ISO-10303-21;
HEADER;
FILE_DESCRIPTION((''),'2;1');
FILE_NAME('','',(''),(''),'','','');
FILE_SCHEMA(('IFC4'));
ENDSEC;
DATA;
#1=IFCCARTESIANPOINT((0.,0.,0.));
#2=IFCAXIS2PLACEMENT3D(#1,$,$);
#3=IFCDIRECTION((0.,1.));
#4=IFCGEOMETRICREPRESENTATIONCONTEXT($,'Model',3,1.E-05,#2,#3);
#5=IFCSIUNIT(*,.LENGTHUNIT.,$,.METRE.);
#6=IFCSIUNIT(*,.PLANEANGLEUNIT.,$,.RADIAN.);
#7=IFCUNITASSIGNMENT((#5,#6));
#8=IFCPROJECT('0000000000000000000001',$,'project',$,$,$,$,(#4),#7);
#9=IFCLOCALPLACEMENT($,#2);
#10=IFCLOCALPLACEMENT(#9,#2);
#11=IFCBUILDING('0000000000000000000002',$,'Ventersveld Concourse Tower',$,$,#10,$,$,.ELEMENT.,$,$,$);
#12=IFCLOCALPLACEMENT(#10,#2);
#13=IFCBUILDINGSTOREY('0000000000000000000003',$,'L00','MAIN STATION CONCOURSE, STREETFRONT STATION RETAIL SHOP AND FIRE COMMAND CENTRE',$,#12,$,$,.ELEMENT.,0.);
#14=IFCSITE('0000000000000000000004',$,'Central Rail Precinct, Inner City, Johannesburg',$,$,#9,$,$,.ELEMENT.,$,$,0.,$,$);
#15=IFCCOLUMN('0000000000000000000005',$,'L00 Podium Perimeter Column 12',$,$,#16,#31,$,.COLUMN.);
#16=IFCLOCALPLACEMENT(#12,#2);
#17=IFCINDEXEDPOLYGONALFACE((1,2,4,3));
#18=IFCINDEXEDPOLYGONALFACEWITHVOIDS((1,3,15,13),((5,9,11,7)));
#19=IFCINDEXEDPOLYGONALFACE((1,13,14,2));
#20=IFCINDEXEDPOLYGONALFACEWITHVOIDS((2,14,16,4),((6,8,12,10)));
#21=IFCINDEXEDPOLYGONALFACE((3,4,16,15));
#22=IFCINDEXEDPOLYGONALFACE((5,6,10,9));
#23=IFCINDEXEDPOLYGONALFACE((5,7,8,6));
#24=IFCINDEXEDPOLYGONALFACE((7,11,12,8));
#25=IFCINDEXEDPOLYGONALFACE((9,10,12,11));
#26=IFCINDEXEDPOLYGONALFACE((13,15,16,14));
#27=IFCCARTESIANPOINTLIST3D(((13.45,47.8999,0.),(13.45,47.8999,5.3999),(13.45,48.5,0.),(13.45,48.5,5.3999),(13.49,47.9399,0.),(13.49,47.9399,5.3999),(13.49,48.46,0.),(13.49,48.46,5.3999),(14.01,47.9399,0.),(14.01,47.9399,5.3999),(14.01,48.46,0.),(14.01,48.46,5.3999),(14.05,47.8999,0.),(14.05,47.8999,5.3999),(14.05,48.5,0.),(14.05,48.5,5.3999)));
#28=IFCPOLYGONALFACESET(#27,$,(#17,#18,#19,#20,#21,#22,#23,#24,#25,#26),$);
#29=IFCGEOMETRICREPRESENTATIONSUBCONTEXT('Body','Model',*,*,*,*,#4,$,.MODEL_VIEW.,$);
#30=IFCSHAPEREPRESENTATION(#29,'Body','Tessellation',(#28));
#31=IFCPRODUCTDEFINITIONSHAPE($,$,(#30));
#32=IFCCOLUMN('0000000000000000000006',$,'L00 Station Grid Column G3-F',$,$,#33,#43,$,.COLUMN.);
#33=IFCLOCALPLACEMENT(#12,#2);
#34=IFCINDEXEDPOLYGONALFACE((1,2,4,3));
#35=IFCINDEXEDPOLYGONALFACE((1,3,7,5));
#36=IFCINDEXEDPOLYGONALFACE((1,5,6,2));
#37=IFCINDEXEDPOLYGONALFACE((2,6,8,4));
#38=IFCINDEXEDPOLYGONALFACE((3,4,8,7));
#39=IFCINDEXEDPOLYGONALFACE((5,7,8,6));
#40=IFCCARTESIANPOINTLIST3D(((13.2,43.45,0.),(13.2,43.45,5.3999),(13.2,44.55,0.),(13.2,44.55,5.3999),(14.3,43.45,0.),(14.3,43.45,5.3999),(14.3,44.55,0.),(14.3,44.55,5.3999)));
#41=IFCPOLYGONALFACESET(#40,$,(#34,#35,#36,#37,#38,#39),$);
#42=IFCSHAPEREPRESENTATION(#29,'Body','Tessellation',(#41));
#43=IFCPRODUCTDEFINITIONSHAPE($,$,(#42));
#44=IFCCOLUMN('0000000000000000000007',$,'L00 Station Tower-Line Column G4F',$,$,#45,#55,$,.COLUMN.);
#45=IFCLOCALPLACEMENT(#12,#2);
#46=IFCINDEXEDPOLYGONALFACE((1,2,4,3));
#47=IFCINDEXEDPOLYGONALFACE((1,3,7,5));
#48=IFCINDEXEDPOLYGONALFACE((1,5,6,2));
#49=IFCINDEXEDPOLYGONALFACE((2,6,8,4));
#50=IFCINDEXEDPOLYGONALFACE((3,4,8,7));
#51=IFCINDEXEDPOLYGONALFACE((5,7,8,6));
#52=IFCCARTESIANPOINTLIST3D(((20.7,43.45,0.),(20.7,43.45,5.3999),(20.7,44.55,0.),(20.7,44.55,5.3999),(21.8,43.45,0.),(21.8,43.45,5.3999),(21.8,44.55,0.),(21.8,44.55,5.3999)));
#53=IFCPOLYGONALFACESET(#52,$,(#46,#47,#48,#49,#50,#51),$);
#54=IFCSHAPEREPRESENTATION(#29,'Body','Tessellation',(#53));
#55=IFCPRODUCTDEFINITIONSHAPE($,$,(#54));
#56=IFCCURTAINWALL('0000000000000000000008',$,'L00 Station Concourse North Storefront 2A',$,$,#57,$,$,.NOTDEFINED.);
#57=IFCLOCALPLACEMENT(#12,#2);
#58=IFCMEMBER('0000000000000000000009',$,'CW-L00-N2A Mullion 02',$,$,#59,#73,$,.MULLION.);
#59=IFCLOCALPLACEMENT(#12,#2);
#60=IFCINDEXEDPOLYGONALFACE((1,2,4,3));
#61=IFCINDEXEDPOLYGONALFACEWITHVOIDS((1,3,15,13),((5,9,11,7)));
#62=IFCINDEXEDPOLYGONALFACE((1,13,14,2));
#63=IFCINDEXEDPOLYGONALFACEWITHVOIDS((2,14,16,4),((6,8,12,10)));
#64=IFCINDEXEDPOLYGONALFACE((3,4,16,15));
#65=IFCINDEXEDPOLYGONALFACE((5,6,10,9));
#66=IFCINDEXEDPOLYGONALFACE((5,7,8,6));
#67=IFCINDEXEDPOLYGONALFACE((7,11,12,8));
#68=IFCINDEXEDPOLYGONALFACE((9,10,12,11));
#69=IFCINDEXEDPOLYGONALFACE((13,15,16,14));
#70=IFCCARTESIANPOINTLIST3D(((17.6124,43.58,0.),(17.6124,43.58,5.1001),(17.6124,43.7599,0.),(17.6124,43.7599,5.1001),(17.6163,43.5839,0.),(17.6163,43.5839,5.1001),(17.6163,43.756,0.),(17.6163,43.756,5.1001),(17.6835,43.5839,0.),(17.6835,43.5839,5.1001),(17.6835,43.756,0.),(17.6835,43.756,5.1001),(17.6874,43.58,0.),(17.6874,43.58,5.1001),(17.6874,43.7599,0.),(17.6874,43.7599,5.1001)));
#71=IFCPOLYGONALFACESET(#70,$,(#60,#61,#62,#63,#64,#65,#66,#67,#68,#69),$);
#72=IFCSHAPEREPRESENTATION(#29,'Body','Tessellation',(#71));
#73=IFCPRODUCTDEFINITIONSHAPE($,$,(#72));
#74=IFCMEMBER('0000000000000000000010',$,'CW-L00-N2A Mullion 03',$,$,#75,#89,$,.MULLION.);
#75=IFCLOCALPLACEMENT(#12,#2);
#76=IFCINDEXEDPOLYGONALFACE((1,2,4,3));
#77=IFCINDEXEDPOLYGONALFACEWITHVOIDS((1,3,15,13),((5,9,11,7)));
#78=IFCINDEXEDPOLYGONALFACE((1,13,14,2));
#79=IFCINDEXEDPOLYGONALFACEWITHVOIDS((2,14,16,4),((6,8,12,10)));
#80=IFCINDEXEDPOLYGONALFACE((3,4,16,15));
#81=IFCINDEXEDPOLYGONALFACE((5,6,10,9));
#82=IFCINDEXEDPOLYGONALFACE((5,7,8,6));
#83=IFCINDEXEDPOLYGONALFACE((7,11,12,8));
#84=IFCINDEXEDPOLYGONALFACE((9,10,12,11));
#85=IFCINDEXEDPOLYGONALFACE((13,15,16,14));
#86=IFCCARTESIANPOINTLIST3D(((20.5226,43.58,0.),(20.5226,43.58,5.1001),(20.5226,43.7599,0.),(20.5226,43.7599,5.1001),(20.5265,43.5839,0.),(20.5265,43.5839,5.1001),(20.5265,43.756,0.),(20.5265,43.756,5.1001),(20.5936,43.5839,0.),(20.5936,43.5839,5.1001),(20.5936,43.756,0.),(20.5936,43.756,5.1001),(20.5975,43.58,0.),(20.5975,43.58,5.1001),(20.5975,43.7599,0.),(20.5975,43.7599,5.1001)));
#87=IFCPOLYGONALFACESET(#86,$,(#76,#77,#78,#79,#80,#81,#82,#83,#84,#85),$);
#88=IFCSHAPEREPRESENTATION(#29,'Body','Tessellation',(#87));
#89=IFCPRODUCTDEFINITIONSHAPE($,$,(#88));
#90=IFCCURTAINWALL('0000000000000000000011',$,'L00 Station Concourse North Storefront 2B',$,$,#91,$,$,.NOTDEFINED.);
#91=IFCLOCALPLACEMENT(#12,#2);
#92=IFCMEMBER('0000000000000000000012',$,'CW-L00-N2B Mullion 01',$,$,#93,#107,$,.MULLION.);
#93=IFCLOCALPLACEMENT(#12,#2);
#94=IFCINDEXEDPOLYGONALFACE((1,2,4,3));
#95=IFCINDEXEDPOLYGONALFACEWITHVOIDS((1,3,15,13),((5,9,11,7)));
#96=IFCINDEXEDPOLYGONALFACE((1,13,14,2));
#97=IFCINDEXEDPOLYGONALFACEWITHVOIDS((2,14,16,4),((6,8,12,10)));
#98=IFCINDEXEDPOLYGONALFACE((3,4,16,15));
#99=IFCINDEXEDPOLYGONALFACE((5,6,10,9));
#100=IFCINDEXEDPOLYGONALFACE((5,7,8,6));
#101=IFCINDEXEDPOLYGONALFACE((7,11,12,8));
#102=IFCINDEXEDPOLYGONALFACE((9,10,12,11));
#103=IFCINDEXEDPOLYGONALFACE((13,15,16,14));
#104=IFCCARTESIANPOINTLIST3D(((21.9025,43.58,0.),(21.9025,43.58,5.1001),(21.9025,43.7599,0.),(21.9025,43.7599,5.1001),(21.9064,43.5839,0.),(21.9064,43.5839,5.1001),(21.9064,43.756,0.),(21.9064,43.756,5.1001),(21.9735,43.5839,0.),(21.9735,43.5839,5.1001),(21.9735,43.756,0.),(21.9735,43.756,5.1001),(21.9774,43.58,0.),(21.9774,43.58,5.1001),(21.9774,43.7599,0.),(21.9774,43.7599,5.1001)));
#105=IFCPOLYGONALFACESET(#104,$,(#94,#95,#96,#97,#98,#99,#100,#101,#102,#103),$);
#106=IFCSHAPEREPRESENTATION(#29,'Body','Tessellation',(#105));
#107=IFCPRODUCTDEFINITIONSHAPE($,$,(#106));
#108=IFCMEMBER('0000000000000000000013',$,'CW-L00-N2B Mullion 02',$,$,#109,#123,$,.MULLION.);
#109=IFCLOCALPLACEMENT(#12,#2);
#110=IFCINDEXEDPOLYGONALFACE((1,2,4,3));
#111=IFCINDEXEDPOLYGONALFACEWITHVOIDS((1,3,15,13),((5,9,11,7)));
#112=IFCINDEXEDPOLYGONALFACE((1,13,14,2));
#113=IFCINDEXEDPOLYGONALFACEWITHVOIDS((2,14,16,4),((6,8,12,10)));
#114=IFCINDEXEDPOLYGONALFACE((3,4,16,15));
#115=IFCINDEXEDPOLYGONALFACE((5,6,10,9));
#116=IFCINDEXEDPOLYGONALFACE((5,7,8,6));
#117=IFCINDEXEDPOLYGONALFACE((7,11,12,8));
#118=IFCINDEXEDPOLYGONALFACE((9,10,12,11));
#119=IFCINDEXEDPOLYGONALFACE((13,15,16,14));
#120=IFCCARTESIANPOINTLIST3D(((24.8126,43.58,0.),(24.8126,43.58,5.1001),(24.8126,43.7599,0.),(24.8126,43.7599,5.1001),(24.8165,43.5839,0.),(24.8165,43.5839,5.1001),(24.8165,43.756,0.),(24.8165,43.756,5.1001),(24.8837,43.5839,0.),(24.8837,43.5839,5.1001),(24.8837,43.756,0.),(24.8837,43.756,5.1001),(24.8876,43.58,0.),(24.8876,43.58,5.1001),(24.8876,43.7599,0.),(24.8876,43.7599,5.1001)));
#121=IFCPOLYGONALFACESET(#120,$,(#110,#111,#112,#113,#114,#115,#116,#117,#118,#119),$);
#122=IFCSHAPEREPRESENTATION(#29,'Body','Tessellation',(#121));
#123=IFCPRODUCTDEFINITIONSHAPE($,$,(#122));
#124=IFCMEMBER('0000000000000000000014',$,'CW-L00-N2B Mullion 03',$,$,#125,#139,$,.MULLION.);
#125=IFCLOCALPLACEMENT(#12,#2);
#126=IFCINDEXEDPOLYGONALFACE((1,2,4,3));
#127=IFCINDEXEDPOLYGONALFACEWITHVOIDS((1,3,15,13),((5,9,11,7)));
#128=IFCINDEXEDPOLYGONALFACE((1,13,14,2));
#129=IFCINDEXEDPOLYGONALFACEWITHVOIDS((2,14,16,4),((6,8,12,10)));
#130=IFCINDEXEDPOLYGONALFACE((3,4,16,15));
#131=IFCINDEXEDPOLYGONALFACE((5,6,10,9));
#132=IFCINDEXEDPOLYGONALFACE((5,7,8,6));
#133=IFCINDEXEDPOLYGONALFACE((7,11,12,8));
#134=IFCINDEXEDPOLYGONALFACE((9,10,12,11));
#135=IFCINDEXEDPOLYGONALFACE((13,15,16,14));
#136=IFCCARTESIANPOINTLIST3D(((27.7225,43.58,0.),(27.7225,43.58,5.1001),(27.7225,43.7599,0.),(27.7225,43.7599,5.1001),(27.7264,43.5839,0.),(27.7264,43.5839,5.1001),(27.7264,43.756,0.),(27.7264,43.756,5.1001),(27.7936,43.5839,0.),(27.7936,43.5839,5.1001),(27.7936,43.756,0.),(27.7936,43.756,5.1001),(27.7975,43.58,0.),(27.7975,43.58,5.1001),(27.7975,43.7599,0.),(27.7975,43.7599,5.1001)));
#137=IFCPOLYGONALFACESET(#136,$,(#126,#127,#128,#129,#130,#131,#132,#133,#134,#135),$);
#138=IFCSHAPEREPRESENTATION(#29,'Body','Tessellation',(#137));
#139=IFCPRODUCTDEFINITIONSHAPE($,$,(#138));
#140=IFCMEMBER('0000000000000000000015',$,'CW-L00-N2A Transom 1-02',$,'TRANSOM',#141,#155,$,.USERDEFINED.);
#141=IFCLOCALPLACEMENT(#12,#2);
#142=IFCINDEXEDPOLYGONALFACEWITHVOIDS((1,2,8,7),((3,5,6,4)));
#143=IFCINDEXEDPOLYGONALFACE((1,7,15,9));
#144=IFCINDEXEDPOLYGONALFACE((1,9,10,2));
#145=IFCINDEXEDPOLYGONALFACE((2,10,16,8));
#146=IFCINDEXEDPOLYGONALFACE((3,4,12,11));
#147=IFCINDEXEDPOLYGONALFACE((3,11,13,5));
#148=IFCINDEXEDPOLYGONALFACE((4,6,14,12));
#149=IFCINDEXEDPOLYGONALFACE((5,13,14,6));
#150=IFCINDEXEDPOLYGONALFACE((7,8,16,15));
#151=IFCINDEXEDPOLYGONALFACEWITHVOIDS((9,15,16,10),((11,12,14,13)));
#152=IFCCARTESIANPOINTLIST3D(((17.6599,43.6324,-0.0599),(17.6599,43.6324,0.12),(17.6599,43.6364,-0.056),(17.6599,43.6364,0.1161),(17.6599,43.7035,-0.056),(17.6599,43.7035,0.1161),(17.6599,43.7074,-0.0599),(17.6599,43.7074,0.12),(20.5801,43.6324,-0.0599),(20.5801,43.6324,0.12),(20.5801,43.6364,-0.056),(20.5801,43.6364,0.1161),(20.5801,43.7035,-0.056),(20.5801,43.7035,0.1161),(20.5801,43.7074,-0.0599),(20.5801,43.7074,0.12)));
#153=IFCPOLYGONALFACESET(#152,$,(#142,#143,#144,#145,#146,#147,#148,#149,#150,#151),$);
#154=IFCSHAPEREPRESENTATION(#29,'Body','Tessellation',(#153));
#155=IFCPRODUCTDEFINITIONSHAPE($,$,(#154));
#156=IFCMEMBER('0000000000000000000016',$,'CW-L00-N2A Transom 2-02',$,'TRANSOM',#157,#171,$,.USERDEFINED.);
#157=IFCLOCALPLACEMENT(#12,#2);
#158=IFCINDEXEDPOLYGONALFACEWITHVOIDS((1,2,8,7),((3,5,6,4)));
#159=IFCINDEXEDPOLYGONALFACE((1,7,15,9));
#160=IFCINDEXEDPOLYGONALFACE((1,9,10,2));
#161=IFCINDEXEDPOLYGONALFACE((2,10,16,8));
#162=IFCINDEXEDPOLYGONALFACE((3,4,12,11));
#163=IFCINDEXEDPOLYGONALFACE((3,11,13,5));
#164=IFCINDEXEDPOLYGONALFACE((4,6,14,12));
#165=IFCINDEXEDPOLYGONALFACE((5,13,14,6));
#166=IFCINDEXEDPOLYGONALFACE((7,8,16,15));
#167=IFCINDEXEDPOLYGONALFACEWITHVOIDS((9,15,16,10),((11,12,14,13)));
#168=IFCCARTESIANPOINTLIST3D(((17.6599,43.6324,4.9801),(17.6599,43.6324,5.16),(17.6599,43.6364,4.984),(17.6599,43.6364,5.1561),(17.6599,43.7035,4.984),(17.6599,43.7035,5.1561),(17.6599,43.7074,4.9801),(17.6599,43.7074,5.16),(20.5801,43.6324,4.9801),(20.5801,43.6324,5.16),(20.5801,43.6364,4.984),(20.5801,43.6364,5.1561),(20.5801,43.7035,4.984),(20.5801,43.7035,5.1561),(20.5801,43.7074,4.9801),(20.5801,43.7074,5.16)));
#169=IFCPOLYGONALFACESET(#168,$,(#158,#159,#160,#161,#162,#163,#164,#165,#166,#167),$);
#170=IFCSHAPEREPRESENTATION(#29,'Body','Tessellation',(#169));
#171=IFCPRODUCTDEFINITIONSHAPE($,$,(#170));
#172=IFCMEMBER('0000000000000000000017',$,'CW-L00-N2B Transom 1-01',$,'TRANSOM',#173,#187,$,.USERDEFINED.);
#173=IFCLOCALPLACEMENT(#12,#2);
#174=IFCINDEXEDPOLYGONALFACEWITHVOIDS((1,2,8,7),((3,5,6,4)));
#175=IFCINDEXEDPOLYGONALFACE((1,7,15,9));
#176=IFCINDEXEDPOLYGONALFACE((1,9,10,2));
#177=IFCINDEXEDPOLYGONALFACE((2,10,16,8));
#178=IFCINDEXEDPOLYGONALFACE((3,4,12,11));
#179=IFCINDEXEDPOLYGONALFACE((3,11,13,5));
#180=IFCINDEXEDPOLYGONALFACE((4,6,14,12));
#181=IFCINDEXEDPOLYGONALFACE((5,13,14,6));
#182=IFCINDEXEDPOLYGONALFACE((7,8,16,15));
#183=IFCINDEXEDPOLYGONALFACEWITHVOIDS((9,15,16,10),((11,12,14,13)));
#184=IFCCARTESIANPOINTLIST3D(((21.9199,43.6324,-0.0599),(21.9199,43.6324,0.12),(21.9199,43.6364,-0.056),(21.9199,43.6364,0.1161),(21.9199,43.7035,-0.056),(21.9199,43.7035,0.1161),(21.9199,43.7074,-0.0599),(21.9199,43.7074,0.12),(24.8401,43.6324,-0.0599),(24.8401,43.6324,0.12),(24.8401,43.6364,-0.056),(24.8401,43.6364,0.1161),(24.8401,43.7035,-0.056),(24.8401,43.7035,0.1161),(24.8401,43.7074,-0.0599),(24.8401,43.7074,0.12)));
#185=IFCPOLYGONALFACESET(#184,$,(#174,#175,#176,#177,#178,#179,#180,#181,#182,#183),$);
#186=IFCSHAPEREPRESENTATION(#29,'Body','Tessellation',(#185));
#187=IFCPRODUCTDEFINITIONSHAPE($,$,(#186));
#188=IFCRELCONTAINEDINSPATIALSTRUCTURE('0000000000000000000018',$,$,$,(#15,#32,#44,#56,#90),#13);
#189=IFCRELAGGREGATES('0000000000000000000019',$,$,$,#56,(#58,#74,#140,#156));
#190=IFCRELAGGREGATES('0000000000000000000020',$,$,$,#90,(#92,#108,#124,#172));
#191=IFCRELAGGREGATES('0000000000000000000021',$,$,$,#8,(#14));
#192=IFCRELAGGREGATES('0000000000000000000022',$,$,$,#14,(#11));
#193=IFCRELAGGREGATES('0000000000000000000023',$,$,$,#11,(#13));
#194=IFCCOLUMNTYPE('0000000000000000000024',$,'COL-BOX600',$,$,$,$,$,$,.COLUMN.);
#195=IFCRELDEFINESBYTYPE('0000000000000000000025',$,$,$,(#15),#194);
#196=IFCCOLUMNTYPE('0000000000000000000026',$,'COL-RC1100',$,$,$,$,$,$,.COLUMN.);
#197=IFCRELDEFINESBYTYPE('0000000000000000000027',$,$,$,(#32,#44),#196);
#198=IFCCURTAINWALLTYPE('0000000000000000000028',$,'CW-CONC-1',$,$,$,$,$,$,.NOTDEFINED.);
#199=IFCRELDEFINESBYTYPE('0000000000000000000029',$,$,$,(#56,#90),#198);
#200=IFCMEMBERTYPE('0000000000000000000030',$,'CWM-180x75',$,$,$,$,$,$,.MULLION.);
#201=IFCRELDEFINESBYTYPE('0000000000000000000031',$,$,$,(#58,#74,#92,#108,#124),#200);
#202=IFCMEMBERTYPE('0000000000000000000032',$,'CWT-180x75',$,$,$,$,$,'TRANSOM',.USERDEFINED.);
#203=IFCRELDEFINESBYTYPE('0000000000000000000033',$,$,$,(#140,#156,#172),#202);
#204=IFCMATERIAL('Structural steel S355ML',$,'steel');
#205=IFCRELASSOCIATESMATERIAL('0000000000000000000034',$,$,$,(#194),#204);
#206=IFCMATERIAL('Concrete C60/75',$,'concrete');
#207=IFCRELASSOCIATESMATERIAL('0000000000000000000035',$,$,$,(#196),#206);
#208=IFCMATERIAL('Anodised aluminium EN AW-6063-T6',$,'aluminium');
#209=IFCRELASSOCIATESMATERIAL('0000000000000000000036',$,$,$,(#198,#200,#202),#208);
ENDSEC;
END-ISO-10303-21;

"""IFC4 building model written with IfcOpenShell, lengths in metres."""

from ifc_helpers import new_model, si_unit, direction, frame, origin, origin_2d, place, context, subcontext, project, spatial, rectangle, hollow_rectangle, extrude, material, material_profile, profile_set, type_object, element, aggregate, save


model = new_model("IFC4")

# Units and contexts
model_context = context("Model", 3, precision=1e-05, world=origin(), true_north=direction((0.0, 1.0)))
body_context = subcontext(model_context, "Body", "Model", "MODEL_VIEW")
ifc_project = project(units=[si_unit("LENGTHUNIT", "METRE"), si_unit("PLANEANGLEUNIT", "RADIAN")], contexts=[model_context])

# Site, building, storey
site_placement = place(None, origin())
site = spatial("IfcSite", under=ifc_project, at=site_placement, Name="Central Rail Precinct, Inner City, Johannesburg", CompositionType="ELEMENT", RefElevation=0.0)
building_placement = place(site_placement, origin())
building = spatial("IfcBuilding", under=site, at=building_placement, Name="Ventersveld Concourse Tower", CompositionType="ELEMENT")
storey_placement = place(building_placement, origin())
storey = spatial("IfcBuildingStorey", under=building, at=storey_placement, Name="L00", Description="MAIN STATION CONCOURSE, STREETFRONT STATION RETAIL SHOP AND FIRE COMMAND CENTRE", CompositionType="ELEMENT", Elevation=0.0)

# Columns
ifc_material_1 = material(Name="Structural steel S355ML", Category="steel")
ifc_material_profile_1 = material_profile(ifc_material_1, hollow_rectangle(XDim=0.6001, YDim=0.6001, WallThickness=0.04, at=origin_2d()), Name="BOX 600x600x40")
ifc_profile_set_1 = profile_set([ifc_material_profile_1], Name="Structural steel S355ML")
column_type_1 = type_object("IfcColumnType", Name="COL-BOX600", PredefinedType="COLUMN", material=ifc_profile_set_1)
column_placement = place(storey_placement, frame((13.75, 48.2, 0.0), z_axis=(0.0, 0.0, 1.0), x_axis=(1.0, 0.0, 0.0)))
element("IfcColumn", 1, at=column_placement, inside=storey, type_object=column_type_1, Name="L00 Podium Perimeter Column 12", PredefinedType="COLUMN", context=body_context, shape_type="SweptSolid", body=[
    extrude(hollow_rectangle(XDim=0.6001, YDim=0.6001, WallThickness=0.04, at=origin_2d()), origin(), (0.0, 0.0, 1.0), 5.3999),
])
ifc_material_2 = material(Name="Concrete C60/75", Category="concrete")
ifc_material_profile_2 = material_profile(ifc_material_2, rectangle(XDim=1.1001, YDim=1.1001, at=origin_2d()), Name="RC 1100x1100")
ifc_profile_set_2 = profile_set([ifc_material_profile_2], Name="Concrete C60/75")
column_type_2 = type_object("IfcColumnType", Name="COL-RC1100", PredefinedType="COLUMN", material=ifc_profile_set_2)
for number, where, z_axis, x_axis, name in (
    (2, (13.75, 44.0, 0.0), (0.0, 0.0, 1.0), (1.0, 0.0, 0.0), "L00 Station Grid Column G3-F"),
    (3, (21.25, 44.0, 0.0), (0.0, 0.0, 1.0), (1.0, 0.0, 0.0), "L00 Station Tower-Line Column G4F"),
):
    element("IfcColumn", number, at=place(storey_placement, frame(where, z_axis=z_axis, x_axis=x_axis)), inside=storey, type_object=column_type_2, Name=name, PredefinedType="COLUMN", context=body_context, shape_type="SweptSolid", body=[
        extrude(rectangle(XDim=1.1001, YDim=1.1001, at=origin_2d()), origin(), (0.0, 0.0, 1.0), 5.3999),
    ])

# Curtain walls, members
ifc_material_3 = material(Name="Anodised aluminium EN AW-6063-T6", Category="aluminium")
curtain_wall_type = type_object("IfcCurtainWallType", Name="CW-CONC-1", PredefinedType="NOTDEFINED", material=ifc_material_3)
curtain_wall_1_placement = place(storey_placement, origin())
curtain_wall_1 = element("IfcCurtainWall", 4, at=curtain_wall_1_placement, inside=storey, type_object=curtain_wall_type, Name="L00 Station Concourse North Storefront 2A", PredefinedType="NOTDEFINED")
ifc_material_profile_3 = material_profile(ifc_material_3, hollow_rectangle(XDim=0.075, YDim=0.1799, WallThickness=0.0039, at=origin_2d()), Name="ALU 180x75x4")
ifc_profile_set_3 = profile_set([ifc_material_profile_3], Name="Anodised aluminium EN AW-6063-T6")
member_type_1 = type_object("IfcMemberType", Name="CWM-180x75", PredefinedType="MULLION", material=ifc_profile_set_3)
member_1_placement = place(storey_placement, frame((17.6499, 43.6699, 0.0), z_axis=(0.0, 0.0, 1.0), x_axis=(1.0, 0.0, 0.0)))
member_1 = element("IfcMember", 5, at=member_1_placement, type_object=member_type_1, Name="CW-L00-N2A Mullion 02", PredefinedType="MULLION", context=body_context, shape_type="SweptSolid", body=[
    extrude(hollow_rectangle(XDim=0.075, YDim=0.1799, WallThickness=0.0039, at=origin_2d()), origin(), (0.0, 0.0, 1.0), 5.1001),
])
member_2_placement = place(storey_placement, frame((20.5601, 43.6699, 0.0), z_axis=(0.0, 0.0, 1.0), x_axis=(1.0, 0.0, 0.0)))
member_2 = element("IfcMember", 6, at=member_2_placement, type_object=member_type_1, Name="CW-L00-N2A Mullion 03", PredefinedType="MULLION", context=body_context, shape_type="SweptSolid", body=[
    extrude(hollow_rectangle(XDim=0.075, YDim=0.1799, WallThickness=0.0039, at=origin_2d()), origin(), (0.0, 0.0, 1.0), 5.1001),
])
curtain_wall_2_placement = place(storey_placement, origin())
curtain_wall_2 = element("IfcCurtainWall", 7, at=curtain_wall_2_placement, inside=storey, type_object=curtain_wall_type, Name="L00 Station Concourse North Storefront 2B", PredefinedType="NOTDEFINED")
member_3_placement = place(storey_placement, frame((21.9399, 43.6699, 0.0), z_axis=(0.0, 0.0, 1.0), x_axis=(1.0, 0.0, 0.0)))
member_3 = element("IfcMember", 8, at=member_3_placement, type_object=member_type_1, Name="CW-L00-N2B Mullion 01", PredefinedType="MULLION", context=body_context, shape_type="SweptSolid", body=[
    extrude(hollow_rectangle(XDim=0.075, YDim=0.1799, WallThickness=0.0039, at=origin_2d()), origin(), (0.0, 0.0, 1.0), 5.1001),
])
member_4_placement = place(storey_placement, frame((24.8501, 43.6699, 0.0), z_axis=(0.0, 0.0, 1.0), x_axis=(1.0, 0.0, 0.0)))
member_4 = element("IfcMember", 9, at=member_4_placement, type_object=member_type_1, Name="CW-L00-N2B Mullion 02", PredefinedType="MULLION", context=body_context, shape_type="SweptSolid", body=[
    extrude(hollow_rectangle(XDim=0.075, YDim=0.1799, WallThickness=0.0039, at=origin_2d()), origin(), (0.0, 0.0, 1.0), 5.1001),
])
member_5_placement = place(storey_placement, frame((27.76, 43.6699, 0.0), z_axis=(0.0, 0.0, 1.0), x_axis=(1.0, 0.0, 0.0)))
member_5 = element("IfcMember", 10, at=member_5_placement, type_object=member_type_1, Name="CW-L00-N2B Mullion 03", PredefinedType="MULLION", context=body_context, shape_type="SweptSolid", body=[
    extrude(hollow_rectangle(XDim=0.075, YDim=0.1799, WallThickness=0.0039, at=origin_2d()), origin(), (0.0, 0.0, 1.0), 5.1001),
])

# Members
ifc_material_profile_4 = material_profile(ifc_material_3, hollow_rectangle(XDim=0.075, YDim=0.1799, WallThickness=0.0039, at=origin_2d()), Name="ALU 180x75x4")
ifc_profile_set_4 = profile_set([ifc_material_profile_4], Name="Anodised aluminium EN AW-6063-T6")
member_type_2 = type_object("IfcMemberType", Name="CWT-180x75", ElementType="TRANSOM", PredefinedType="USERDEFINED", material=ifc_profile_set_4)
member_6_placement = place(storey_placement, frame((17.6599, 43.6699, 0.03), z_axis=(1.0, 0.0, 0.0), x_axis=(0.0, 1.0, 0.0)))
member_6 = element("IfcMember", 11, at=member_6_placement, type_object=member_type_2, Name="CW-L00-N2A Transom 1-02", ObjectType="TRANSOM", PredefinedType="USERDEFINED", context=body_context, shape_type="SweptSolid", body=[
    extrude(hollow_rectangle(XDim=0.075, YDim=0.1799, WallThickness=0.0039, at=origin_2d()), origin(), (0.0, 0.0, 1.0), 2.9202),
])
member_7_placement = place(storey_placement, frame((17.6599, 43.6699, 5.0701), z_axis=(1.0, 0.0, 0.0), x_axis=(0.0, 1.0, 0.0)))
member_7 = element("IfcMember", 12, at=member_7_placement, type_object=member_type_2, Name="CW-L00-N2A Transom 2-02", ObjectType="TRANSOM", PredefinedType="USERDEFINED", context=body_context, shape_type="SweptSolid", body=[
    extrude(hollow_rectangle(XDim=0.075, YDim=0.1799, WallThickness=0.0039, at=origin_2d()), origin(), (0.0, 0.0, 1.0), 2.9202),
])
member_8_placement = place(storey_placement, frame((21.9199, 43.6699, 0.03), z_axis=(1.0, 0.0, 0.0), x_axis=(0.0, 1.0, 0.0)))
member_8 = element("IfcMember", 13, at=member_8_placement, type_object=member_type_2, Name="CW-L00-N2B Transom 1-01", ObjectType="TRANSOM", PredefinedType="USERDEFINED", context=body_context, shape_type="SweptSolid", body=[
    extrude(hollow_rectangle(XDim=0.075, YDim=0.1799, WallThickness=0.0039, at=origin_2d()), origin(), (0.0, 0.0, 1.0), 2.9202),
])

aggregate(curtain_wall_1, [member_1, member_2, member_6, member_7])
aggregate(curtain_wall_2, [member_3, member_4, member_5, member_8])

save(model, "model.ifc")
